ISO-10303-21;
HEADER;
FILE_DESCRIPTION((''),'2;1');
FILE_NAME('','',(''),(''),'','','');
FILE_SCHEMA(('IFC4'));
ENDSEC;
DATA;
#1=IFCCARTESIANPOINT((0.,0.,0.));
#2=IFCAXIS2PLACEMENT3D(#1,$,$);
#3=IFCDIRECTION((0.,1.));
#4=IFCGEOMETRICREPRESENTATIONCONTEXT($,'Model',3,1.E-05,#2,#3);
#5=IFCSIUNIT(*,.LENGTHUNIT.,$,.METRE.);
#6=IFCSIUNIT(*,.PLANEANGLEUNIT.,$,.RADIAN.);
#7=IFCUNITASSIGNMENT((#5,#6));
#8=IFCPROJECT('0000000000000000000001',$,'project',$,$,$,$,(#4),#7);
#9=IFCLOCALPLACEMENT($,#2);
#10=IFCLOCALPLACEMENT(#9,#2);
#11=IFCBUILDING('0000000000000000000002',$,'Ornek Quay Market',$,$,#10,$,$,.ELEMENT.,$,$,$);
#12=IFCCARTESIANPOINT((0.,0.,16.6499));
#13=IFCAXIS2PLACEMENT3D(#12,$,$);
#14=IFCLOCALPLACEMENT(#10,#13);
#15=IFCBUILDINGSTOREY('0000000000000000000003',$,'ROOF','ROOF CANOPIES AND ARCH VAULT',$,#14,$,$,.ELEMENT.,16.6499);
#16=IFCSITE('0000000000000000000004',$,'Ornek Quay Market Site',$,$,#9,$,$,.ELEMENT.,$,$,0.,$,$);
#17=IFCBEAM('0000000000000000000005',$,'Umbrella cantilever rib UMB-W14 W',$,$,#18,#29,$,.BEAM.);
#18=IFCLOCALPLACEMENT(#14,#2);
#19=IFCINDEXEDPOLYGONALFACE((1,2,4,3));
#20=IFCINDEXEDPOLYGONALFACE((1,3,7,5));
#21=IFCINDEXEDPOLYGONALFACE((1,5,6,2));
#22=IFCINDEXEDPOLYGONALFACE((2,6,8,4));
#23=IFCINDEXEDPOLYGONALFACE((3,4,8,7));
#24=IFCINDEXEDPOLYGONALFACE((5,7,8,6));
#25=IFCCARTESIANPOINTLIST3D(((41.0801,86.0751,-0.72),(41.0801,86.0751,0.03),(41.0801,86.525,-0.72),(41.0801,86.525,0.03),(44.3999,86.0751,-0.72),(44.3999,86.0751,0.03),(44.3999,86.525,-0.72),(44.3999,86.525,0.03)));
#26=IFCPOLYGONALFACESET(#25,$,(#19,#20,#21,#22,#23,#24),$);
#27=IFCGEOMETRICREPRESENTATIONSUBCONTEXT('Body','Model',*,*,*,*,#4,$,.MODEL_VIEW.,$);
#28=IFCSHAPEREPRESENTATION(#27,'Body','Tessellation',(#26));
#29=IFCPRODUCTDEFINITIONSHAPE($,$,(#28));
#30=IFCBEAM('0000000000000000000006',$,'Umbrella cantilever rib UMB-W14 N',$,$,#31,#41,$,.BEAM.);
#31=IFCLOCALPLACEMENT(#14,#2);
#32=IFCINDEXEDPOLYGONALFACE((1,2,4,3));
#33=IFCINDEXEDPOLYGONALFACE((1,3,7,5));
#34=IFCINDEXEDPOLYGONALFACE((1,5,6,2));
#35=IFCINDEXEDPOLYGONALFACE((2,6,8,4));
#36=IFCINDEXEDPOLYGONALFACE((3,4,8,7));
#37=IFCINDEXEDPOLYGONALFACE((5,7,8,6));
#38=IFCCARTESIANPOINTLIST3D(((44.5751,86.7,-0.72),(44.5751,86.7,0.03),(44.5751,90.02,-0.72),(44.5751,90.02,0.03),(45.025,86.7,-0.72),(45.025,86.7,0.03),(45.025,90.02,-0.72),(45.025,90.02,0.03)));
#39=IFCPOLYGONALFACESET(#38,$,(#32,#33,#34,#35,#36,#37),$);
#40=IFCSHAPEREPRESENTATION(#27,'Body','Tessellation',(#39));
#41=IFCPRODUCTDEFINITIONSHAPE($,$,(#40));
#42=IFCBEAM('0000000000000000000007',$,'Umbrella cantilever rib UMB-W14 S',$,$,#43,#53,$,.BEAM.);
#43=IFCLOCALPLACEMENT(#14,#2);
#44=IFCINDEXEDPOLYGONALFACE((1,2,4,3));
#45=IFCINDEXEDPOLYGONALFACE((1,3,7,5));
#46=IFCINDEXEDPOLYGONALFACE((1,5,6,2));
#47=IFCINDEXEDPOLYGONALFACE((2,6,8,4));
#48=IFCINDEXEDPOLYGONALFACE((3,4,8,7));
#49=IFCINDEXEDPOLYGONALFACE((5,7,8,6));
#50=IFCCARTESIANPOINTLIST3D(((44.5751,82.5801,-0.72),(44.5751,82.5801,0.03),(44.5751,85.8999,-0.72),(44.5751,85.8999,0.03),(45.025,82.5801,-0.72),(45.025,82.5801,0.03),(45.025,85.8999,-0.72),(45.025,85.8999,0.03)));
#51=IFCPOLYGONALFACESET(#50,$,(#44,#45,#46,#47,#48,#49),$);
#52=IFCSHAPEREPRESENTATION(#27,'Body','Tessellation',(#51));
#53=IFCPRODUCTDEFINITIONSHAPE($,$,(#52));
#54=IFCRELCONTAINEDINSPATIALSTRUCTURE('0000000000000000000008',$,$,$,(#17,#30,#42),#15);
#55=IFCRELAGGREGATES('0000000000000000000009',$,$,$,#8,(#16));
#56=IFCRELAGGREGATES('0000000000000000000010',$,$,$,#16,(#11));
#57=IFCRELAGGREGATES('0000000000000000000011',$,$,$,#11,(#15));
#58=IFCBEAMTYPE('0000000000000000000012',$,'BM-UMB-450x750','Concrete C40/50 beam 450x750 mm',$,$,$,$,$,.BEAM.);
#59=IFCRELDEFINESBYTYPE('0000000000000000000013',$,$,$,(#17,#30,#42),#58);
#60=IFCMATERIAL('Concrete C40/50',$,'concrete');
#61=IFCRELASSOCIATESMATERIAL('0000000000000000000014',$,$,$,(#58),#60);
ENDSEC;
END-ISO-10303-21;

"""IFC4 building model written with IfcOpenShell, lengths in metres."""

from ifc_helpers import new_model, si_unit, direction, frame, origin, origin_2d, place, context, subcontext, project, spatial, rectangle, extrude, material, material_profile, profile_set, type_object, element, save


model = new_model("IFC4")

# Units and contexts
model_context = context("Model", 3, precision=1e-05, world=origin(), true_north=direction((0.0, 1.0)))
body_context = subcontext(model_context, "Body", "Model", "MODEL_VIEW")
ifc_project = project(units=[si_unit("LENGTHUNIT", "METRE"), si_unit("PLANEANGLEUNIT", "RADIAN")], contexts=[model_context])

# Site, building, storey
site_placement = place(None, origin())
site = spatial("IfcSite", under=ifc_project, at=site_placement, Name="Ornek Quay Market Site", CompositionType="ELEMENT", RefElevation=0.0)
building_placement = place(site_placement, origin())
building = spatial("IfcBuilding", under=site, at=building_placement, Name="Ornek Quay Market", CompositionType="ELEMENT")
storey_placement = place(building_placement, frame((0.0, 0.0, 16.6499)))
storey = spatial("IfcBuildingStorey", under=building, at=storey_placement, Name="ROOF", Description="ROOF CANOPIES AND ARCH VAULT", CompositionType="ELEMENT", Elevation=16.6499)

# Beams
ifc_material = material(Name="Concrete C40/50", Category="concrete")
ifc_material_profile_1 = material_profile(ifc_material, rectangle(XDim=0.45, YDim=0.75, at=origin_2d()), Name="RC 450x750", Category="concrete")
ifc_profile_set_1 = profile_set([ifc_material_profile_1], Name="Concrete C40/50")
beam_type_1 = type_object("IfcBeamType", Name="BM-UMB-450x750", Description="Concrete C40/50 beam 450x750 mm", PredefinedType="BEAM", material=ifc_profile_set_1)
beam_1_placement = place(storey_placement, frame((44.3999, 86.3, -0.345), z_axis=(-1.0, 0.0, 0.0), x_axis=(0.0, -1.0, 0.0)))
element("IfcBeam", 1, at=beam_1_placement, inside=storey, type_object=beam_type_1, Name="Umbrella cantilever rib UMB-W14 W", PredefinedType="BEAM", context=body_context, shape_type="SweptSolid", body=[
    extrude(rectangle(XDim=0.45, YDim=0.75, at=origin_2d()), origin(), (0.0, 0.0, 1.0), 3.3198),
])
beam_2_placement = place(storey_placement, frame((44.8, 86.7, -0.345), z_axis=(0.0, 1.0, 0.0), x_axis=(-1.0, 0.0, 0.0)))
element("IfcBeam", 2, at=beam_2_placement, inside=storey, type_object=beam_type_1, Name="Umbrella cantilever rib UMB-W14 N", PredefinedType="BEAM", context=body_context, shape_type="SweptSolid", body=[
    extrude(rectangle(XDim=0.45, YDim=0.75, at=origin_2d()), origin(), (0.0, 0.0, 1.0), 3.3201),
])
beam_3_placement = place(storey_placement, frame((44.8, 85.8999, -0.345), z_axis=(0.0, -1.0, 0.0), x_axis=(1.0, 0.0, 0.0)))
element("IfcBeam", 3, at=beam_3_placement, inside=storey, type_object=beam_type_1, Name="Umbrella cantilever rib UMB-W14 S", PredefinedType="BEAM", context=body_context, shape_type="SweptSolid", body=[
    extrude(rectangle(XDim=0.45, YDim=0.75, at=origin_2d()), origin(), (0.0, 0.0, 1.0), 3.3198),
])

save(model, "model.ifc")
